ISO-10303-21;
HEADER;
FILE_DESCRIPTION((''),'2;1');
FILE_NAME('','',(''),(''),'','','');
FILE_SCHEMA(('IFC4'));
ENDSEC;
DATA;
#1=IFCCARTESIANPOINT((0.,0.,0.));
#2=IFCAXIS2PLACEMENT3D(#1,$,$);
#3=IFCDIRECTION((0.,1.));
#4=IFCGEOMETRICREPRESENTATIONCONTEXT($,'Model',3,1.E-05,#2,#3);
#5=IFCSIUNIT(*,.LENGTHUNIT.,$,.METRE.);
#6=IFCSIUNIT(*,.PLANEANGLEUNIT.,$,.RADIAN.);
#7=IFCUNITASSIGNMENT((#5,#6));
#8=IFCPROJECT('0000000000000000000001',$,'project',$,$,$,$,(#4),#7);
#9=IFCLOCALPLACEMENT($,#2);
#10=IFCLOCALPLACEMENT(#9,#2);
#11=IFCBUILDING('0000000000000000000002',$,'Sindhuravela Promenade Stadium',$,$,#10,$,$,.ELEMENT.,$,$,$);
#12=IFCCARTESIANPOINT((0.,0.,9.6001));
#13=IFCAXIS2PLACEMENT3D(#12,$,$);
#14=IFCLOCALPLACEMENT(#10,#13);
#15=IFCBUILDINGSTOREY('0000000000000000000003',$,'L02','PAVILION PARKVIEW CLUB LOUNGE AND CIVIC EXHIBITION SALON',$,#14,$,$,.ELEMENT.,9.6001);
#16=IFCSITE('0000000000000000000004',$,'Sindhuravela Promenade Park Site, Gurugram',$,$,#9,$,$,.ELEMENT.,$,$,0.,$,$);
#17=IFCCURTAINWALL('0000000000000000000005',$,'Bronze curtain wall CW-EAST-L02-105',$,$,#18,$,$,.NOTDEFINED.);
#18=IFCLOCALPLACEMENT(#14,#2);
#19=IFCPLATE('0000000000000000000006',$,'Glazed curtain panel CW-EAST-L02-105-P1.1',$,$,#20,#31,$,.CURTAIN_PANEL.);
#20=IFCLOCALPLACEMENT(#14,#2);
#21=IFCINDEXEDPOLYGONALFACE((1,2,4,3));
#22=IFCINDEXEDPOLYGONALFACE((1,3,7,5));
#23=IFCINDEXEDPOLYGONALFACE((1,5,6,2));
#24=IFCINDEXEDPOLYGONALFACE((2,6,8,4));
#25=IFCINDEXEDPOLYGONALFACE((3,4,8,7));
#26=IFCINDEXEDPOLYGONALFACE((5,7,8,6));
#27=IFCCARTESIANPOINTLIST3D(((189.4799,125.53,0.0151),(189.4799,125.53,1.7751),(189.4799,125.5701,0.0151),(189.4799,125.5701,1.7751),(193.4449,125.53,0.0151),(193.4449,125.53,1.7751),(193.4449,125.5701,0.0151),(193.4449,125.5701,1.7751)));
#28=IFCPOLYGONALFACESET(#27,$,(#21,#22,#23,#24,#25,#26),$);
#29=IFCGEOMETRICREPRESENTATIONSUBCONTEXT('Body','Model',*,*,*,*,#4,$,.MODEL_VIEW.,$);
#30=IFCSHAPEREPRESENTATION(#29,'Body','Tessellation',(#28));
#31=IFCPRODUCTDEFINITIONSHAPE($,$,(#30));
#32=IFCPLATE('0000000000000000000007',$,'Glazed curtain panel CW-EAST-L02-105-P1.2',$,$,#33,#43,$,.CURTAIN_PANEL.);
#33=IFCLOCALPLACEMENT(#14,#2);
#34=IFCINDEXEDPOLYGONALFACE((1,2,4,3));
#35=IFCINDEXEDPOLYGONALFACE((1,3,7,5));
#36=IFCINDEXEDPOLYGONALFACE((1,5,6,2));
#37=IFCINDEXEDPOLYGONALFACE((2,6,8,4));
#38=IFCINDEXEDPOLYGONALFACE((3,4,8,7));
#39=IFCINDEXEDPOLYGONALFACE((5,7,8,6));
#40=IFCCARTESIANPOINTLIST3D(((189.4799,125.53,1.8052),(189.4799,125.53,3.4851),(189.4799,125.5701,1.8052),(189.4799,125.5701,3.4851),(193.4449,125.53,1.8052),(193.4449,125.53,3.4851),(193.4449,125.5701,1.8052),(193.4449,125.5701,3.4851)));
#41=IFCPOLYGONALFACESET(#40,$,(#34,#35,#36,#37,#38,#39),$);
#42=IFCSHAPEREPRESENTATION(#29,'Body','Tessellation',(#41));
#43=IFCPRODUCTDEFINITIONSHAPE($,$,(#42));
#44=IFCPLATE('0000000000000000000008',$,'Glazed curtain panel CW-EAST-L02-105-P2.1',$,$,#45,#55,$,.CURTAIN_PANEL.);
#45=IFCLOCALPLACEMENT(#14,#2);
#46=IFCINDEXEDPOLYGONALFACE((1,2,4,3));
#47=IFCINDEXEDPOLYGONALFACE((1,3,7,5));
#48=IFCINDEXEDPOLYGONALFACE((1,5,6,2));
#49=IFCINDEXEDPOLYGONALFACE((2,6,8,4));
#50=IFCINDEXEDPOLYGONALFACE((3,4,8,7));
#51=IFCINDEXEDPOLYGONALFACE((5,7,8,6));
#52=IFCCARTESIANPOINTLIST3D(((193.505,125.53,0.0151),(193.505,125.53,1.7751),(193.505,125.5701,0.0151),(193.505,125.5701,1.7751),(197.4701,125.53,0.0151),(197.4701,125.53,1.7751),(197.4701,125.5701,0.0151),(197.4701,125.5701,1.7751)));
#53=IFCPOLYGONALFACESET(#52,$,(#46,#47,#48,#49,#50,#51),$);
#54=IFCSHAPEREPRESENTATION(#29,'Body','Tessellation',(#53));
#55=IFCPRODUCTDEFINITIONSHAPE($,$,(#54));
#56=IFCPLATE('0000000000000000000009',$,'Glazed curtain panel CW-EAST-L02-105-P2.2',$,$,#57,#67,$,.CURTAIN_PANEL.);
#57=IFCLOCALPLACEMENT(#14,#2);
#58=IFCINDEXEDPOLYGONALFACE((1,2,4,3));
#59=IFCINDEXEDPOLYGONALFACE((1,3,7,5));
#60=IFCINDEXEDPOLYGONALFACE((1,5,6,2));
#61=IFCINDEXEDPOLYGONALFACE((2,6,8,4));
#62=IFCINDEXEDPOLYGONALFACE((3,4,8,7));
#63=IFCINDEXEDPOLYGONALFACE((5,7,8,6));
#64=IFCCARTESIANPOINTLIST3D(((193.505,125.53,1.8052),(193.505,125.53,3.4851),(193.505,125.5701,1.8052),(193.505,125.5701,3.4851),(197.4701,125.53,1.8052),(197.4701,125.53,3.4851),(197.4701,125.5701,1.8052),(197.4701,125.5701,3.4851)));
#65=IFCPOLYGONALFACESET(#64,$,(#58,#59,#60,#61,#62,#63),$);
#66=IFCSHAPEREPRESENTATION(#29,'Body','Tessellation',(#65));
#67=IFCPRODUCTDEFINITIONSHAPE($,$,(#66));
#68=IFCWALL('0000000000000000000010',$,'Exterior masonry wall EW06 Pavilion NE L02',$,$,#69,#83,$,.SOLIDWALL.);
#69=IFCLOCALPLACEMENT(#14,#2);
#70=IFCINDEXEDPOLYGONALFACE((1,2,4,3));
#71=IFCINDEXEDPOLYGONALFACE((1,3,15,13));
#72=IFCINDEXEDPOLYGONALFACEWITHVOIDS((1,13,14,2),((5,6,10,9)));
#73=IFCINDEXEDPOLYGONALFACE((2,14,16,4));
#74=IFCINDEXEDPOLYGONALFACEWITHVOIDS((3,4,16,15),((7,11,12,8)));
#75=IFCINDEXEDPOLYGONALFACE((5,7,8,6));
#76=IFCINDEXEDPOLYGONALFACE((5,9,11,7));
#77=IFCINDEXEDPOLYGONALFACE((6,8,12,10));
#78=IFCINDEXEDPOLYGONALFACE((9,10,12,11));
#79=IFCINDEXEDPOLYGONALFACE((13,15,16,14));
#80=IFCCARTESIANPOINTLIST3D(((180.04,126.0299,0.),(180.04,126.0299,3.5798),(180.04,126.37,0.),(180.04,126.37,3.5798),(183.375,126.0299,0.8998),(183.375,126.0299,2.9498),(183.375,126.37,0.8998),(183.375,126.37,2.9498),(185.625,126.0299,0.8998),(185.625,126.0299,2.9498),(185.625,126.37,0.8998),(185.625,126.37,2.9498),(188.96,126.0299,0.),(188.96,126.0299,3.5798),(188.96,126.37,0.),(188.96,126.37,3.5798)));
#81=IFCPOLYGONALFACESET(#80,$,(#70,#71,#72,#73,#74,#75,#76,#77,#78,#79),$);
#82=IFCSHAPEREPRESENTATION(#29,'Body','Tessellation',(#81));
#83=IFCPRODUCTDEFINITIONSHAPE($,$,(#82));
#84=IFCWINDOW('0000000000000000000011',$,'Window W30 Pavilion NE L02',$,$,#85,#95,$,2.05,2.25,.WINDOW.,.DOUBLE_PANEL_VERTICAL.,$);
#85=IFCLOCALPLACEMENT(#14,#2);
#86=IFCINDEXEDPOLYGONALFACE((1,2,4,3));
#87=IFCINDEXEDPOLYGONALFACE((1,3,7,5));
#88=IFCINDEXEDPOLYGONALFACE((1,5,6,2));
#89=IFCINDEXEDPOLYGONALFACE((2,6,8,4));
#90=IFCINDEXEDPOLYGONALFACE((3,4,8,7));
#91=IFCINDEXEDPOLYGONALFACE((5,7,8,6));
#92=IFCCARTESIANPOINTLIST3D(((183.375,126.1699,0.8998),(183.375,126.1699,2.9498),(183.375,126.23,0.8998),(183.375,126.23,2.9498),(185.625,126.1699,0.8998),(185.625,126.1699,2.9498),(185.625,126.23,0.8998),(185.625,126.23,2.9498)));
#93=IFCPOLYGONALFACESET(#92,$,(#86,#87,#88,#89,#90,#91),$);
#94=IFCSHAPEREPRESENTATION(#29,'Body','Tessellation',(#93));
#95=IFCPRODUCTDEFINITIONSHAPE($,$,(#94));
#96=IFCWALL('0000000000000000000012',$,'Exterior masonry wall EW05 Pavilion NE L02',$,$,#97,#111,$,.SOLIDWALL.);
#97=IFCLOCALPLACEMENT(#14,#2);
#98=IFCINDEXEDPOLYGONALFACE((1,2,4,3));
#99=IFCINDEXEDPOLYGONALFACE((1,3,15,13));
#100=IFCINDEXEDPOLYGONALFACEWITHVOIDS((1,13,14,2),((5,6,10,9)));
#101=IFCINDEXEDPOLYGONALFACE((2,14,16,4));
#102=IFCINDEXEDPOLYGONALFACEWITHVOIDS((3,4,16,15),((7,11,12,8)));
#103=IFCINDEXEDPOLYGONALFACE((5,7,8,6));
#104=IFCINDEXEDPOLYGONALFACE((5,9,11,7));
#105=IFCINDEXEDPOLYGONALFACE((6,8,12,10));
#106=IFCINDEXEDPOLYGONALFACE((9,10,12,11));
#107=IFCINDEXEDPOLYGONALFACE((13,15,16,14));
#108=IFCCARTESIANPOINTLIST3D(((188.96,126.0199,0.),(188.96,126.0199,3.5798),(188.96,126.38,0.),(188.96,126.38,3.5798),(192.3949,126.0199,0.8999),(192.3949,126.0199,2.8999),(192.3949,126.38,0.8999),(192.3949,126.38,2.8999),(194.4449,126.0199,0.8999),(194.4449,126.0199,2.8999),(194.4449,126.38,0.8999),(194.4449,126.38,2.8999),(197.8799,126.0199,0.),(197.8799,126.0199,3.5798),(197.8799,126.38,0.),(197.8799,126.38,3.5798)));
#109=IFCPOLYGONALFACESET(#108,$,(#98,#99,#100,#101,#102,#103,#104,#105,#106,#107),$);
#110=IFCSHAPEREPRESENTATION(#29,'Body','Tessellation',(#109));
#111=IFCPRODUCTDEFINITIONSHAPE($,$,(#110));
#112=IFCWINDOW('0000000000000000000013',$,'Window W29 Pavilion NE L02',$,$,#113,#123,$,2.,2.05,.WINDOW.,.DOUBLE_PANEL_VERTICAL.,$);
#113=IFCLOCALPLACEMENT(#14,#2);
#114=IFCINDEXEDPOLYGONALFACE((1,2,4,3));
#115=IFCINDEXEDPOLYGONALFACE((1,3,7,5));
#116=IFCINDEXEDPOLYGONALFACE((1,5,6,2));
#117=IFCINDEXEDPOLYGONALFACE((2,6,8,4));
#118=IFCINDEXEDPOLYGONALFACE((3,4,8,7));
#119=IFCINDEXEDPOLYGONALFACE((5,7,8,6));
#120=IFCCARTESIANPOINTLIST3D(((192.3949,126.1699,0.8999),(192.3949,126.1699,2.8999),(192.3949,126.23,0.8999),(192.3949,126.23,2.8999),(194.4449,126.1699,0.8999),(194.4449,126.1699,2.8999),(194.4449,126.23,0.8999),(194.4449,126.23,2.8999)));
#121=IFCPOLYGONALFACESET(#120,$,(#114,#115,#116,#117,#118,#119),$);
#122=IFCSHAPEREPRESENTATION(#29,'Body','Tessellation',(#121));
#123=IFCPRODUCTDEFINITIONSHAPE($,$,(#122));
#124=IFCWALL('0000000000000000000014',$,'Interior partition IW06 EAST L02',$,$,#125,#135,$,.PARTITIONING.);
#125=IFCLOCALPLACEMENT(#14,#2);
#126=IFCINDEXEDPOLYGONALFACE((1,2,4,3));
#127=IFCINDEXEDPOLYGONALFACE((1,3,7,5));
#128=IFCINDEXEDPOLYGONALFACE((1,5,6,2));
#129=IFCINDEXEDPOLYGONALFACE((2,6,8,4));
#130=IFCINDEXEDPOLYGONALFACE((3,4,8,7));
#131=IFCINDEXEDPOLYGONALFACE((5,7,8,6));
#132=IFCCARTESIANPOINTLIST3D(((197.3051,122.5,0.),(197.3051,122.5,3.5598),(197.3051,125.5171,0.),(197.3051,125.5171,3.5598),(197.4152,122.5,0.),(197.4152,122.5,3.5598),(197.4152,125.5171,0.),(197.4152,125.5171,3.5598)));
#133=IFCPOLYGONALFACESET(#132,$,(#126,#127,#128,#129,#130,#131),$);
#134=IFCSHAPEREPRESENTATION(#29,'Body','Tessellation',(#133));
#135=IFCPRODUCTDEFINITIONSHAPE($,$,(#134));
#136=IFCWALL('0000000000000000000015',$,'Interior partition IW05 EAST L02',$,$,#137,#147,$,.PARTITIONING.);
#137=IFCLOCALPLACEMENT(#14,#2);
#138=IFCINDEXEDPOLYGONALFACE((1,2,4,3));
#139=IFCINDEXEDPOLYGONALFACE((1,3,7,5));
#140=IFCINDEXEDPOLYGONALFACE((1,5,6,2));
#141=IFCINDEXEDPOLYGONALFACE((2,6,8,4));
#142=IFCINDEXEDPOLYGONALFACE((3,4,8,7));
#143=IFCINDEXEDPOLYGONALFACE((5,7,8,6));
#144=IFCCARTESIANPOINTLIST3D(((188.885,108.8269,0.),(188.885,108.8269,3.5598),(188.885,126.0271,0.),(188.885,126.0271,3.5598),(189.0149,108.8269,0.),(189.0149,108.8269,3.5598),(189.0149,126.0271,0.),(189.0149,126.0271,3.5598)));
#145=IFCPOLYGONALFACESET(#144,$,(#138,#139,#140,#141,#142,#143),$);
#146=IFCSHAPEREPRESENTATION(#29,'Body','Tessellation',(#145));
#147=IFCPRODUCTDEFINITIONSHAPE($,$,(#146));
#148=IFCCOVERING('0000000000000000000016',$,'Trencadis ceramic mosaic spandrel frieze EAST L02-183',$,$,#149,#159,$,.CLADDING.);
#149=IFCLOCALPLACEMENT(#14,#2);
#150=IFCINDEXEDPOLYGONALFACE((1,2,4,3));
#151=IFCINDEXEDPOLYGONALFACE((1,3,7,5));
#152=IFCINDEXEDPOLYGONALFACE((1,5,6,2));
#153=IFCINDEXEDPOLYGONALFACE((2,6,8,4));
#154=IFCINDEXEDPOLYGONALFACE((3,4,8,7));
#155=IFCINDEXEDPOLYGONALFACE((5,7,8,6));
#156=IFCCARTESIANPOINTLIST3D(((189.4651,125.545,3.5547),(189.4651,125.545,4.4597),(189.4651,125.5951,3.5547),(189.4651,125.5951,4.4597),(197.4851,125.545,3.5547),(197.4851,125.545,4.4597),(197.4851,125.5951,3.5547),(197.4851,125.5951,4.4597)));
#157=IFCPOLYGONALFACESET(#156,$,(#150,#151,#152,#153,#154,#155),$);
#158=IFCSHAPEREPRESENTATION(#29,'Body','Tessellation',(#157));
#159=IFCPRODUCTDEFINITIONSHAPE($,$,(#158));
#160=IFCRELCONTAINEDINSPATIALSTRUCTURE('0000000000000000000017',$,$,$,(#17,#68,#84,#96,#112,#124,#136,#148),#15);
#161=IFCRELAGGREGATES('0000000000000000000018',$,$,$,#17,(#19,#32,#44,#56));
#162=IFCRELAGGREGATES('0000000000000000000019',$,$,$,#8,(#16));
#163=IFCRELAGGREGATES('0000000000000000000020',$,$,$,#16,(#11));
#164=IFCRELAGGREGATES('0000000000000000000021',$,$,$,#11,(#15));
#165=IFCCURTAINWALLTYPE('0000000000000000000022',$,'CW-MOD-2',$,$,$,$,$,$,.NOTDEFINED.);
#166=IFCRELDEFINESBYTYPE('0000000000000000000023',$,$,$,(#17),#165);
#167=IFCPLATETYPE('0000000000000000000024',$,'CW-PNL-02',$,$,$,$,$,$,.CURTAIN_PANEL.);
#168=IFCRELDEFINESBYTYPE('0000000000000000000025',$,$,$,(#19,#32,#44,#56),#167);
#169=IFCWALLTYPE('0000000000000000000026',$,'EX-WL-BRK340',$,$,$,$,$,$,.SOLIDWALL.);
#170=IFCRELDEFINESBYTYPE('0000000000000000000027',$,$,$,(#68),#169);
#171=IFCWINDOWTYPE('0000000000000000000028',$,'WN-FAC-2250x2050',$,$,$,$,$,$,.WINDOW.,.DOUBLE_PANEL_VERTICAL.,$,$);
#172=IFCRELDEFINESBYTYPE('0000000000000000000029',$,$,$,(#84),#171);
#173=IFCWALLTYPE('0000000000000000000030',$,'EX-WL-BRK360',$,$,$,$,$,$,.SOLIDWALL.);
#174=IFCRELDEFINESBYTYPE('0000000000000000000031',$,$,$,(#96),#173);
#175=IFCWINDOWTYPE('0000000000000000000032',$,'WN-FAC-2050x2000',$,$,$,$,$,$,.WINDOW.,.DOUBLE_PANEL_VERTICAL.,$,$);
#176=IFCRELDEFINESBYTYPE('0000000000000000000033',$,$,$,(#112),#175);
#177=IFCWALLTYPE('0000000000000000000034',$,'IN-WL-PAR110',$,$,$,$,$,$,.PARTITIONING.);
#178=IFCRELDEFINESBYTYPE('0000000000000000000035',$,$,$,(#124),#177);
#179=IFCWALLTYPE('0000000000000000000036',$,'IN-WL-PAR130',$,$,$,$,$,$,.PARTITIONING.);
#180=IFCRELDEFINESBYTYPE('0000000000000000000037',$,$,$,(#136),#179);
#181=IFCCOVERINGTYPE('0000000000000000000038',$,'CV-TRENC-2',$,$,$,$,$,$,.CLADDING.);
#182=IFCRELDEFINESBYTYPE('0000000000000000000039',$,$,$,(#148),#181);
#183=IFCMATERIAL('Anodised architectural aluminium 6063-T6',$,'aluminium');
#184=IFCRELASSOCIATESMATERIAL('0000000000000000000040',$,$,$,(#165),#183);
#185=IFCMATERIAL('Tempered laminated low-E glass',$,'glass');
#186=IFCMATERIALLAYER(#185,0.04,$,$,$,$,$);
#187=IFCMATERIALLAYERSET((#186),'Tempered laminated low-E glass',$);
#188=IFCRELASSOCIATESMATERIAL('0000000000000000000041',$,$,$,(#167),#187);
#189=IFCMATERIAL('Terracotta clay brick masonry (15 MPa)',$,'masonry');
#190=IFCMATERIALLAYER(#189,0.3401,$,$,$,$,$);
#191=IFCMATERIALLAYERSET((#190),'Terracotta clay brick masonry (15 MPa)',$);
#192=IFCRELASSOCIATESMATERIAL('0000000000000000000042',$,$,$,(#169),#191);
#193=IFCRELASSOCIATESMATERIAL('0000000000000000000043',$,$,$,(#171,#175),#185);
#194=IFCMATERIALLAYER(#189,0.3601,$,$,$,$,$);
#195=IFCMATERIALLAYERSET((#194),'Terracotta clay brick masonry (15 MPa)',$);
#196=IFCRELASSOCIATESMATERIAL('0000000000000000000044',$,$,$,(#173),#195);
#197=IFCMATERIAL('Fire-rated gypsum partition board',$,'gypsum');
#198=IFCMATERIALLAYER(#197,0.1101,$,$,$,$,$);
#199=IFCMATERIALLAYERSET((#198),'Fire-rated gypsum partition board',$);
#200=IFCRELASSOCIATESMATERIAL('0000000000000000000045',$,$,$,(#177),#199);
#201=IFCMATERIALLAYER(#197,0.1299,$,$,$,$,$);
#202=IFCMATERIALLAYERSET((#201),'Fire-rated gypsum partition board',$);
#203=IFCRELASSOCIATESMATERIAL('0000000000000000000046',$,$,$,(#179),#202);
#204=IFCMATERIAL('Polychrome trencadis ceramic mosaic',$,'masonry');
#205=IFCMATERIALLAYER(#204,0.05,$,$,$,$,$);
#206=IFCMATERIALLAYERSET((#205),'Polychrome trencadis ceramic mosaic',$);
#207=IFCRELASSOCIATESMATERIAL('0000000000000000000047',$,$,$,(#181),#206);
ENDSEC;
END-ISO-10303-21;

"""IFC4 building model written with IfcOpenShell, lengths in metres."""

from ifc_helpers import new_model, si_unit, direction, frame, frame_2d, origin, origin_2d, place, context, subcontext, project, spatial, rectangle, extrude, material, layer, layer_set, type_object, element, fill, aggregate, save


model = new_model("IFC4")

# Units and contexts
model_context = context("Model", 3, precision=1e-05, world=origin(), true_north=direction((0.0, 1.0)))
body_context = subcontext(model_context, "Body", "Model", "MODEL_VIEW")
ifc_project = project(units=[si_unit("LENGTHUNIT", "METRE"), si_unit("PLANEANGLEUNIT", "RADIAN")], contexts=[model_context])

# Site, building, storey
site_placement = place(None, origin())
site = spatial("IfcSite", under=ifc_project, at=site_placement, Name="Sindhuravela Promenade Park Site, Gurugram", CompositionType="ELEMENT", RefElevation=0.0)
building_placement = place(site_placement, origin())
building = spatial("IfcBuilding", under=site, at=building_placement, Name="Sindhuravela Promenade Stadium", CompositionType="ELEMENT")
storey_placement = place(building_placement, frame((0.0, 0.0, 9.6001)))
storey = spatial("IfcBuildingStorey", under=building, at=storey_placement, Name="L02", Description="PAVILION PARKVIEW CLUB LOUNGE AND CIVIC EXHIBITION SALON", CompositionType="ELEMENT", Elevation=9.6001)

# Shared definitions
ifc_material_1 = material(Name="Anodised architectural aluminium 6063-T6", Category="aluminium")

# Curtain wall
curtain_wall_type_1 = type_object("IfcCurtainWallType", Name="CW-MOD-2", PredefinedType="NOTDEFINED", material=ifc_material_1)
curtain_wall_1_placement = place(storey_placement, origin())
curtain_wall_1 = element("IfcCurtainWall", 1, at=curtain_wall_1_placement, inside=storey, type_object=curtain_wall_type_1, Name="Bronze curtain wall CW-EAST-L02-105", PredefinedType="NOTDEFINED")

# Plates
ifc_material_2 = material(Name="Tempered laminated low-E glass", Category="glass")
ifc_layer_1 = layer(ifc_material_2, 0.04)
ifc_layer_set_1 = layer_set([ifc_layer_1], Name="Tempered laminated low-E glass")
plate_type_1 = type_object("IfcPlateType", Name="CW-PNL-02", PredefinedType="CURTAIN_PANEL", material=ifc_layer_set_1)
plate_1_placement = place(storey_placement, frame((191.4624, 125.55, 0.0151), z_axis=(0.0, 0.0, 1.0), x_axis=(1.0, 0.0, 0.0)))
plate_1 = element("IfcPlate", 2, at=plate_1_placement, type_object=plate_type_1, Name="Glazed curtain panel CW-EAST-L02-105-P1.1", PredefinedType="CURTAIN_PANEL", context=body_context, shape_type="SweptSolid", body=[
    extrude(rectangle(XDim=3.9651, YDim=0.04, at=origin_2d()), origin(), (0.0, 0.0, 1.0), 1.76),
])
plate_2_placement = place(storey_placement, frame((191.4624, 125.55, 1.8052), z_axis=(0.0, 0.0, 1.0), x_axis=(1.0, 0.0, 0.0)))
plate_2 = element("IfcPlate", 3, at=plate_2_placement, type_object=plate_type_1, Name="Glazed curtain panel CW-EAST-L02-105-P1.2", PredefinedType="CURTAIN_PANEL", context=body_context, shape_type="SweptSolid", body=[
    extrude(rectangle(XDim=3.9651, YDim=0.04, at=origin_2d()), origin(), (0.0, 0.0, 1.0), 1.6799),
])
plate_3_placement = place(storey_placement, frame((195.4875, 125.55, 0.0151), z_axis=(0.0, 0.0, 1.0), x_axis=(1.0, 0.0, 0.0)))
plate_3 = element("IfcPlate", 4, at=plate_3_placement, type_object=plate_type_1, Name="Glazed curtain panel CW-EAST-L02-105-P2.1", PredefinedType="CURTAIN_PANEL", context=body_context, shape_type="SweptSolid", body=[
    extrude(rectangle(XDim=3.9651, YDim=0.04, at=origin_2d()), origin(), (0.0, 0.0, 1.0), 1.76),
])
plate_4_placement = place(storey_placement, frame((195.4875, 125.55, 1.8052), z_axis=(0.0, 0.0, 1.0), x_axis=(1.0, 0.0, 0.0)))
plate_4 = element("IfcPlate", 5, at=plate_4_placement, type_object=plate_type_1, Name="Glazed curtain panel CW-EAST-L02-105-P2.2", PredefinedType="CURTAIN_PANEL", context=body_context, shape_type="SweptSolid", body=[
    extrude(rectangle(XDim=3.9651, YDim=0.04, at=origin_2d()), origin(), (0.0, 0.0, 1.0), 1.6799),
])
aggregate(curtain_wall_1, [plate_1, plate_2, plate_3, plate_4])

# Walls, openings, windows
ifc_material_3 = material(Name="Terracotta clay brick masonry (15 MPa)", Category="masonry")
ifc_layer_2 = layer(ifc_material_3, 0.3401)
ifc_layer_set_2 = layer_set([ifc_layer_2], Name="Terracotta clay brick masonry (15 MPa)")
wall_type_1 = type_object("IfcWallType", Name="EX-WL-BRK340", PredefinedType="SOLIDWALL", material=ifc_layer_set_2)
wall_1_placement = place(storey_placement, frame((188.96, 126.2, 0.0), z_axis=(0.0, 0.0, 1.0), x_axis=(-1.0, 0.0, 0.0)))
wall_1 = element("IfcWall", 6, at=wall_1_placement, inside=storey, type_object=wall_type_1, Name="Exterior masonry wall EW06 Pavilion NE L02", PredefinedType="SOLIDWALL", context=body_context, shape_type="SweptSolid", body=[
    extrude(rectangle(XDim=8.9199, YDim=0.3401, at=frame_2d((4.46, 0.0))), origin(), (0.0, 0.0, 1.0), 3.5798),
])
opening_1_placement = place(wall_1_placement, frame((3.335, 0.0, 0.8999)))
opening_1 = element("IfcOpeningElement", 7, at=opening_1_placement, cuts=wall_1, PredefinedType="OPENING", context=body_context, shape_type="SweptSolid", body=[
    extrude(rectangle(XDim=2.25, YDim=2.05, at=frame_2d((1.125, 1.0249))), frame((0.0, 0.1799, 0.0), z_axis=(0.0, -1.0, 0.0), x_axis=(1.0, 0.0, 0.0)), (0.0, 0.0, 1.0), 0.3601),
])
window_type_1 = type_object("IfcWindowType", Name="WN-FAC-2250x2050", PartitioningType="DOUBLE_PANEL_VERTICAL", PredefinedType="WINDOW", material=ifc_material_2)
window_1_placement = place(opening_1_placement, origin())
window_1 = element("IfcWindow", 8, at=window_1_placement, inside=storey, type_object=window_type_1, Name="Window W30 Pavilion NE L02", OverallHeight=2.05, OverallWidth=2.25, PartitioningType="DOUBLE_PANEL_VERTICAL", PredefinedType="WINDOW", context=body_context, shape_type="SweptSolid", body=[
    extrude(rectangle(XDim=2.25, YDim=2.05, at=frame_2d((1.125, 1.0249))), frame((0.0, 0.03, 0.0), z_axis=(0.0, -1.0, 0.0), x_axis=(1.0, 0.0, 0.0)), (0.0, 0.0, 1.0), 0.0601),
])
fill(opening_1, window_1)
ifc_layer_3 = layer(ifc_material_3, 0.3601)
ifc_layer_set_3 = layer_set([ifc_layer_3], Name="Terracotta clay brick masonry (15 MPa)")
wall_type_2 = type_object("IfcWallType", Name="EX-WL-BRK360", PredefinedType="SOLIDWALL", material=ifc_layer_set_3)
wall_2_placement = place(storey_placement, frame((197.8799, 126.2, 0.0), z_axis=(0.0, 0.0, 1.0), x_axis=(-1.0, 0.0, 0.0)))
wall_2 = element("IfcWall", 9, at=wall_2_placement, inside=storey, type_object=wall_type_2, Name="Exterior masonry wall EW05 Pavilion NE L02", PredefinedType="SOLIDWALL", context=body_context, shape_type="SweptSolid", body=[
    extrude(rectangle(XDim=8.9199, YDim=0.3601, at=frame_2d((4.46, 0.0))), origin(), (0.0, 0.0, 1.0), 3.5798),
])
opening_2_placement = place(wall_2_placement, frame((3.4351, 0.0, 0.8999)))
opening_2 = element("IfcOpeningElement", 10, at=opening_2_placement, cuts=wall_2, PredefinedType="OPENING", context=body_context, shape_type="SweptSolid", body=[
    extrude(rectangle(XDim=2.05, YDim=2.0, at=frame_2d((1.0249, 1.0))), frame((0.0, 0.1899, 0.0), z_axis=(0.0, -1.0, 0.0), x_axis=(1.0, 0.0, 0.0)), (0.0, 0.0, 1.0), 0.3801),
])
window_type_2 = type_object("IfcWindowType", Name="WN-FAC-2050x2000", PartitioningType="DOUBLE_PANEL_VERTICAL", PredefinedType="WINDOW", material=ifc_material_2)
window_2_placement = place(opening_2_placement, origin())
window_2 = element("IfcWindow", 11, at=window_2_placement, inside=storey, type_object=window_type_2, Name="Window W29 Pavilion NE L02", OverallHeight=2.0, OverallWidth=2.05, PartitioningType="DOUBLE_PANEL_VERTICAL", PredefinedType="WINDOW", context=body_context, shape_type="SweptSolid", body=[
    extrude(rectangle(XDim=2.05, YDim=2.0, at=frame_2d((1.0249, 1.0))), frame((0.0, 0.03, 0.0), z_axis=(0.0, -1.0, 0.0), x_axis=(1.0, 0.0, 0.0)), (0.0, 0.0, 1.0), 0.0601),
])
fill(opening_2, window_2)

# Walls
ifc_material_4 = material(Name="Fire-rated gypsum partition board", Category="gypsum")
ifc_layer_4 = layer(ifc_material_4, 0.1101)
ifc_layer_set_4 = layer_set([ifc_layer_4], Name="Fire-rated gypsum partition board")
wall_type_3 = type_object("IfcWallType", Name="IN-WL-PAR110", PredefinedType="PARTITIONING", material=ifc_layer_set_4)
wall_3_placement = place(storey_placement, frame((197.3601, 125.5171, 0.0), z_axis=(0.0, 0.0, 1.0), x_axis=(0.0, -1.0, 0.0)))
element("IfcWall", 12, at=wall_3_placement, inside=storey, type_object=wall_type_3, Name="Interior partition IW06 EAST L02", PredefinedType="PARTITIONING", context=body_context, shape_type="SweptSolid", body=[
    extrude(rectangle(XDim=3.0171, YDim=0.1101, at=frame_2d((1.5085, 0.0))), origin(), (0.0, 0.0, 1.0), 3.5598),
])
ifc_layer_5 = layer(ifc_material_4, 0.1299)
ifc_layer_set_5 = layer_set([ifc_layer_5], Name="Fire-rated gypsum partition board")
wall_type_4 = type_object("IfcWallType", Name="IN-WL-PAR130", PredefinedType="PARTITIONING", material=ifc_layer_set_5)
wall_4_placement = place(storey_placement, frame((188.95, 126.0271, 0.0), z_axis=(0.0, 0.0, 1.0), x_axis=(0.0, -1.0, 0.0)))
element("IfcWall", 13, at=wall_4_placement, inside=storey, type_object=wall_type_4, Name="Interior partition IW05 EAST L02", PredefinedType="PARTITIONING", context=body_context, shape_type="SweptSolid", body=[
    extrude(rectangle(XDim=17.2002, YDim=0.1299, at=frame_2d((8.6001, 0.0))), origin(), (0.0, 0.0, 1.0), 3.5598),
])

# Covering
ifc_material_5 = material(Name="Polychrome trencadis ceramic mosaic", Category="masonry")
ifc_layer_6 = layer(ifc_material_5, 0.05)
ifc_layer_set_6 = layer_set([ifc_layer_6], Name="Polychrome trencadis ceramic mosaic")
covering_type = type_object("IfcCoveringType", Name="CV-TRENC-2", PredefinedType="CLADDING", material=ifc_layer_set_6)
covering_placement = place(storey_placement, frame((193.4751, 125.5701, 3.5547), z_axis=(0.0, 0.0, 1.0), x_axis=(1.0, 0.0, 0.0)))
element("IfcCovering", 14, at=covering_placement, inside=storey, type_object=covering_type, Name="Trencadis ceramic mosaic spandrel frieze EAST L02-183", PredefinedType="CLADDING", context=body_context, shape_type="SweptSolid", body=[
    extrude(rectangle(XDim=8.02, YDim=0.05, at=origin_2d()), origin(), (0.0, 0.0, 1.0), 0.905),
])

save(model, "model.ifc")
